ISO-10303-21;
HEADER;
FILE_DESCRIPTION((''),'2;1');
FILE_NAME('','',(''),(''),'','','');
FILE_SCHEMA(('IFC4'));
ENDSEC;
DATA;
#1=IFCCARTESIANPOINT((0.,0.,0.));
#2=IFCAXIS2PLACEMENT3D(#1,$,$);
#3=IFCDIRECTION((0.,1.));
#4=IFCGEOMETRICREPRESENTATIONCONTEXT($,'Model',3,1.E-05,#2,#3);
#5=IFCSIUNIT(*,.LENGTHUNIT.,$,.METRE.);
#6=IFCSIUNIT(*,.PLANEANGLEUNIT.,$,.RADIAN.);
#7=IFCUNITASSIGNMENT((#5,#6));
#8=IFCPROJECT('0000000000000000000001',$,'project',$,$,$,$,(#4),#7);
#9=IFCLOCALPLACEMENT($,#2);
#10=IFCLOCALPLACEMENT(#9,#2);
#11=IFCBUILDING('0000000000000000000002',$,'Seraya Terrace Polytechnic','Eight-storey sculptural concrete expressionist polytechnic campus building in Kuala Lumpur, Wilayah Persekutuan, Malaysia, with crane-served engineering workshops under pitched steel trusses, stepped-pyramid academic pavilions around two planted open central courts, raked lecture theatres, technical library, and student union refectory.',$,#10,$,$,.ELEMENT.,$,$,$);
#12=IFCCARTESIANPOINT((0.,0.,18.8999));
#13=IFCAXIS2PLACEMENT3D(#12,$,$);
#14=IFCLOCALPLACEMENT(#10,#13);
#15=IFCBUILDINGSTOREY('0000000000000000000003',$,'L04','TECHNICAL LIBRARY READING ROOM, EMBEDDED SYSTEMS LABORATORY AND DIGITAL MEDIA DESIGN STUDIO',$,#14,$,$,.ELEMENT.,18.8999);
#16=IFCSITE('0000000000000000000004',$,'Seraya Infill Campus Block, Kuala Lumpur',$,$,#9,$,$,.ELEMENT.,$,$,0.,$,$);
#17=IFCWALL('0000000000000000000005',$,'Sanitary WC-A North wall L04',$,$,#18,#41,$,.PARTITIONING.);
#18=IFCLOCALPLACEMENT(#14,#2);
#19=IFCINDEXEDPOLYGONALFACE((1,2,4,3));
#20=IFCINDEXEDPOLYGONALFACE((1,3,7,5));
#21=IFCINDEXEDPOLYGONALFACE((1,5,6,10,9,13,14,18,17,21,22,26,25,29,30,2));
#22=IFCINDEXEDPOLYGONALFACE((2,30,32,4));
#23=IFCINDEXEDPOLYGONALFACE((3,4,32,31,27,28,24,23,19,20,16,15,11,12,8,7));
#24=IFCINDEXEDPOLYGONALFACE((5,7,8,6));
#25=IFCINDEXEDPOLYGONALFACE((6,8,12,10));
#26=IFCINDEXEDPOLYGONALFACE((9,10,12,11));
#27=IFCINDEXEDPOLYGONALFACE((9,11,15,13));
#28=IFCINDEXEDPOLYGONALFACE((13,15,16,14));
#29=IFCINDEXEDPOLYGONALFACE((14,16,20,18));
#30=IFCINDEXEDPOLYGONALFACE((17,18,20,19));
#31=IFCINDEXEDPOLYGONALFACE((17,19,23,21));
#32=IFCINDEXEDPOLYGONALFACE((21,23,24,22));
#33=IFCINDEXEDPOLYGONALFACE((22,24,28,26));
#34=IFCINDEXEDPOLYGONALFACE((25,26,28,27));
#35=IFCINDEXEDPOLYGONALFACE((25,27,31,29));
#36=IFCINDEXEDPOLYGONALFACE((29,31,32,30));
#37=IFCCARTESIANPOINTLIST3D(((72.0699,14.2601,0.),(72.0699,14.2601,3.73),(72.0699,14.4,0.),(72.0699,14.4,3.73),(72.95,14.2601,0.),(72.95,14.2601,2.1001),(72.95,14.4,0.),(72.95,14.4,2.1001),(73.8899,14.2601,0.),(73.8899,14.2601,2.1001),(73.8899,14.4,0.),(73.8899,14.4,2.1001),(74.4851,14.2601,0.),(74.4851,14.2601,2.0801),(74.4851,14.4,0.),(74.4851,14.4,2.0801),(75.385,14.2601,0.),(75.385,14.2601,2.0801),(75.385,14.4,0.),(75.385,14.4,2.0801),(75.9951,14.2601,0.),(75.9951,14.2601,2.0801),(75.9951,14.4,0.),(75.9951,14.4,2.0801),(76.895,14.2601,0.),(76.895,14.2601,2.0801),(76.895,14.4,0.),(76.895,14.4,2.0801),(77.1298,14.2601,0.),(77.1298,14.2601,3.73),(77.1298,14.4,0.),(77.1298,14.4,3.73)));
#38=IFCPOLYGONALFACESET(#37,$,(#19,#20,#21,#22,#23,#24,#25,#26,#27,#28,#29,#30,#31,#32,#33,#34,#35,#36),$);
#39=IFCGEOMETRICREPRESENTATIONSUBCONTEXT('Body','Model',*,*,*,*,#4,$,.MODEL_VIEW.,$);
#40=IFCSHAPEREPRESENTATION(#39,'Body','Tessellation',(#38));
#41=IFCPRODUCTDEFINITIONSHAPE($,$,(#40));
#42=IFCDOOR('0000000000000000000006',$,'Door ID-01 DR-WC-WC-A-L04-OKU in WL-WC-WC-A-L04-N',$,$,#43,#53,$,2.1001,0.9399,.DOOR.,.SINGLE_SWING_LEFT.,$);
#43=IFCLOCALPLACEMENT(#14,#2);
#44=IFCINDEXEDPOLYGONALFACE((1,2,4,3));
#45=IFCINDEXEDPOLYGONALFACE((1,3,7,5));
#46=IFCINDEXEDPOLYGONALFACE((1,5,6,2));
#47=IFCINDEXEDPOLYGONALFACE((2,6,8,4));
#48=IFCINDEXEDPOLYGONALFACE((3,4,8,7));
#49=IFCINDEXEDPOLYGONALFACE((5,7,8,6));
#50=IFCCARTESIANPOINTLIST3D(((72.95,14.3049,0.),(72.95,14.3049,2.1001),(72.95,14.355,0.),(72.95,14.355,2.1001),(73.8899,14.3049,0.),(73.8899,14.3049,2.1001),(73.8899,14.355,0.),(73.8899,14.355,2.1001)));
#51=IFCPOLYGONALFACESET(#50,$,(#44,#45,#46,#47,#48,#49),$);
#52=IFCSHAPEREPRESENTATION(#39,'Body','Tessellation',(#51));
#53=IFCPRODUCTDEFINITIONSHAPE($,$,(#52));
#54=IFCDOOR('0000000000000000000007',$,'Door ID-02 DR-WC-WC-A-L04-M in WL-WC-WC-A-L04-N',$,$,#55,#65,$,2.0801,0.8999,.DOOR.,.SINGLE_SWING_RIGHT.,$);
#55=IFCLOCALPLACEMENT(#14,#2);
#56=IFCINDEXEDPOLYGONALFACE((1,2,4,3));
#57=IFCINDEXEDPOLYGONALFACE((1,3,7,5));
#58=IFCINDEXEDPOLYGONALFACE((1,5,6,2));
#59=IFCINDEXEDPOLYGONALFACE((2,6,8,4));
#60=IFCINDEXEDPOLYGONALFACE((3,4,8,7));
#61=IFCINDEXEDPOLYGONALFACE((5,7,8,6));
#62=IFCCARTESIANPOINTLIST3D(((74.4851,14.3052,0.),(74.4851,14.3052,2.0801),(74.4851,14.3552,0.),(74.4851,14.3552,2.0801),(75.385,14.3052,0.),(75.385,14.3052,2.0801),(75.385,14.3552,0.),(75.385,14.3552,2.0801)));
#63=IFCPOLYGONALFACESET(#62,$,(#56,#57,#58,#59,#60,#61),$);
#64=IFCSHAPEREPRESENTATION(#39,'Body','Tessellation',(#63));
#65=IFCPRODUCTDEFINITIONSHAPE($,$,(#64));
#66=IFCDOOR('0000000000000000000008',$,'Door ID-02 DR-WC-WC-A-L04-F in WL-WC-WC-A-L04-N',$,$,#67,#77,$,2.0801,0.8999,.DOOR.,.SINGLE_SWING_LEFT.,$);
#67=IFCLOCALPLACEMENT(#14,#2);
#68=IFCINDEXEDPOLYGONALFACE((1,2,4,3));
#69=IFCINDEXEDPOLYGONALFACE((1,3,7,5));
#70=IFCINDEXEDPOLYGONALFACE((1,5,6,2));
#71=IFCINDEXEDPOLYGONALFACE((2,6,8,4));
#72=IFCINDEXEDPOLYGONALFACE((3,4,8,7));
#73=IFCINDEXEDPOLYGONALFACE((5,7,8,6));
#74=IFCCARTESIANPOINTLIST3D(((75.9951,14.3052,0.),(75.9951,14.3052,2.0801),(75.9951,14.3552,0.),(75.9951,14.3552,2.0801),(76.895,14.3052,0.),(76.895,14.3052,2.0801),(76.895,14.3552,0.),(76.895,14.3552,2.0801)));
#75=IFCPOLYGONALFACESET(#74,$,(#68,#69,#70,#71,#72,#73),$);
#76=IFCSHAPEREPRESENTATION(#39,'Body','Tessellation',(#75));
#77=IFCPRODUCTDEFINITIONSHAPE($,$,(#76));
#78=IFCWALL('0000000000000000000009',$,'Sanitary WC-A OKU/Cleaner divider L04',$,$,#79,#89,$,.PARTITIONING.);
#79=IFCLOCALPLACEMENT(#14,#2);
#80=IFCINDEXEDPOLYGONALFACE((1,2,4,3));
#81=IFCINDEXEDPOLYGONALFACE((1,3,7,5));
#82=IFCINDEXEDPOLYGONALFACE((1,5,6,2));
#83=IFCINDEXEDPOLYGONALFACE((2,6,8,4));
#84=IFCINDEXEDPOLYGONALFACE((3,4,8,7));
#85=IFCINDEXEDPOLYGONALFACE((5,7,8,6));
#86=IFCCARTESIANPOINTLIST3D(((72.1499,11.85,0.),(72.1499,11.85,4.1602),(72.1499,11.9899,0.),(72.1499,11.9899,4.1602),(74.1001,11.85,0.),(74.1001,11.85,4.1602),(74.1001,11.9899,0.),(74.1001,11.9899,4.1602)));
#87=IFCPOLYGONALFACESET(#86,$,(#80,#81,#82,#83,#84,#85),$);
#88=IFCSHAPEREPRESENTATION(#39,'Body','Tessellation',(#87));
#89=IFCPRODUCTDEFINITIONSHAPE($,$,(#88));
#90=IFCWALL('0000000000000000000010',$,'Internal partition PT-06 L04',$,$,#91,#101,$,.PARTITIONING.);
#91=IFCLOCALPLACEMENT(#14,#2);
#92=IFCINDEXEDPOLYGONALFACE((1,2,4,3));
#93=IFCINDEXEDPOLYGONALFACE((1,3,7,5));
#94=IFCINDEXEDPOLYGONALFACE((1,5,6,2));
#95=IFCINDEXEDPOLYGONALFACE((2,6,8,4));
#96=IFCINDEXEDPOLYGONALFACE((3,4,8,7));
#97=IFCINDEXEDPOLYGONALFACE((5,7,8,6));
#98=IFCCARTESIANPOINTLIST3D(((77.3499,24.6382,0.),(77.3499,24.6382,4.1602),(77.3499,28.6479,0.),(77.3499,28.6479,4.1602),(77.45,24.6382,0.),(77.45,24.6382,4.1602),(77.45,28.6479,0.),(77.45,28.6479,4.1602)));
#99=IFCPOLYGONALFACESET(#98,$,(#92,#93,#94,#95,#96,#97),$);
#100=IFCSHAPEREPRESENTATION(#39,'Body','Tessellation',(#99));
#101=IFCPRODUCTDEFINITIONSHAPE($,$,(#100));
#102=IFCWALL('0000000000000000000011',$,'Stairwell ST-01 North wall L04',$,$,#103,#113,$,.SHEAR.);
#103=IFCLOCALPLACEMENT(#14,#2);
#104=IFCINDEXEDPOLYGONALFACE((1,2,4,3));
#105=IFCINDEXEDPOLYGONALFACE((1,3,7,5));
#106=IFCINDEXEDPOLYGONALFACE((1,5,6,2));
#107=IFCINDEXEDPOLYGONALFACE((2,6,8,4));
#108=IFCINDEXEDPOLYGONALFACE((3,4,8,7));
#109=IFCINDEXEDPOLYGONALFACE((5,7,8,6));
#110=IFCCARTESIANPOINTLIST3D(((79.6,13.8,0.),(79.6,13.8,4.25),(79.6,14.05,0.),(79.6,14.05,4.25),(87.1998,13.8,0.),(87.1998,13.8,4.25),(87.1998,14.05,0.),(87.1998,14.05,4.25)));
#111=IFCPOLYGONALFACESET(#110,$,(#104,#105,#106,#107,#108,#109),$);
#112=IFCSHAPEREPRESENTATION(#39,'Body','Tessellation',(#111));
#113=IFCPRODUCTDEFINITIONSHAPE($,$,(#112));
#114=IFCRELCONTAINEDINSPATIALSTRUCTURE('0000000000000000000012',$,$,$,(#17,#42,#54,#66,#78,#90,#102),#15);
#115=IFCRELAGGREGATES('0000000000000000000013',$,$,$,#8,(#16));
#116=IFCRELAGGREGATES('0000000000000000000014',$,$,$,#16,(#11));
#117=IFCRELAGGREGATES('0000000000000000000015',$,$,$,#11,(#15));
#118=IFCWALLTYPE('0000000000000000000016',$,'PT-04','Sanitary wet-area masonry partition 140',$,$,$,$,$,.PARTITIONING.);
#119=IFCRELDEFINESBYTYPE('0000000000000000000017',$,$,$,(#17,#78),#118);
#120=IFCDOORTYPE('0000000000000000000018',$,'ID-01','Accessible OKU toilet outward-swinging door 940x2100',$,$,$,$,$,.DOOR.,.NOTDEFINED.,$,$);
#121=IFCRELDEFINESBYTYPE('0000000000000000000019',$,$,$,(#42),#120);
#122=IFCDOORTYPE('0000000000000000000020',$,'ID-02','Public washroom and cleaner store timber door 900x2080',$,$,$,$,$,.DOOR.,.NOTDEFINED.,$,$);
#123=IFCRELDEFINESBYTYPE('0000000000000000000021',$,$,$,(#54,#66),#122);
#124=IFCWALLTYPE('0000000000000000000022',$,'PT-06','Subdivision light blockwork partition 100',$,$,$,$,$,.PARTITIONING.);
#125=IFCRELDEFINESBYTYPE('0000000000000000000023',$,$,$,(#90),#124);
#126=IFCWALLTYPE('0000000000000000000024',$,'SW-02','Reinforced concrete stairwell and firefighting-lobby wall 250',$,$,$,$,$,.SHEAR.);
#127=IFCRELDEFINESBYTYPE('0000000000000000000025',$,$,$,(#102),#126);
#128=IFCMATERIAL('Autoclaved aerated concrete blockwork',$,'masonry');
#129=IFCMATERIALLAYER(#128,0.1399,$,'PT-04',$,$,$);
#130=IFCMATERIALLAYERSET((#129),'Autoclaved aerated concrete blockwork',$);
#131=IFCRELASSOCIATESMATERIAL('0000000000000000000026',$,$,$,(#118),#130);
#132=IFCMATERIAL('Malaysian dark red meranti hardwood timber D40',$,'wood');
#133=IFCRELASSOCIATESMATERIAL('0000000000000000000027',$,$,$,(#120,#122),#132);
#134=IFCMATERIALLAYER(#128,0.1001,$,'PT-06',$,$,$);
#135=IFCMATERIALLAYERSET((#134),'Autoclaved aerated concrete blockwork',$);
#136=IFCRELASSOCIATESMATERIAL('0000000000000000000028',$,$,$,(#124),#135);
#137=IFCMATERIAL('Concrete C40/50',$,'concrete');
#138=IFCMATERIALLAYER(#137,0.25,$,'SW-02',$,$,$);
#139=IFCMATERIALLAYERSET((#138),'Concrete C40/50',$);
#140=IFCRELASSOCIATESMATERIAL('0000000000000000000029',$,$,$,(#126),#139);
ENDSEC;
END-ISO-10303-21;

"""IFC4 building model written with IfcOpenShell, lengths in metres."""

from ifc_helpers import new_model, si_unit, direction, frame, frame_2d, origin, place, context, subcontext, project, spatial, rectangle, extrude, material, layer, layer_set, type_object, element, fill, save


model = new_model("IFC4")

# Units and contexts
model_context = context("Model", 3, precision=1e-05, world=origin(), true_north=direction((0.0, 1.0)))
body_context = subcontext(model_context, "Body", "Model", "MODEL_VIEW")
ifc_project = project(units=[si_unit("LENGTHUNIT", "METRE"), si_unit("PLANEANGLEUNIT", "RADIAN")], contexts=[model_context])

# Site, building, storey
site_placement = place(None, origin())
site = spatial("IfcSite", under=ifc_project, at=site_placement, Name="Seraya Infill Campus Block, Kuala Lumpur", CompositionType="ELEMENT", RefElevation=0.0)
building_placement = place(site_placement, origin())
building = spatial("IfcBuilding", under=site, at=building_placement, Name="Seraya Terrace Polytechnic", Description="Eight-storey sculptural concrete expressionist polytechnic campus building in Kuala Lumpur, Wilayah Persekutuan, Malaysia, with crane-served engineering workshops under pitched steel trusses, stepped-pyramid academic pavilions around two planted open central courts, raked lecture theatres, technical library, and student union refectory.", CompositionType="ELEMENT")
storey_placement = place(building_placement, frame((0.0, 0.0, 18.8999)))
storey = spatial("IfcBuildingStorey", under=building, at=storey_placement, Name="L04", Description="TECHNICAL LIBRARY READING ROOM, EMBEDDED SYSTEMS LABORATORY AND DIGITAL MEDIA DESIGN STUDIO", CompositionType="ELEMENT", Elevation=18.8999)

# Shared definitions
ifc_material_1 = material(Name="Concrete C40/50", Category="concrete")

# Shared definitions
ifc_material_2 = material(Name="Autoclaved aerated concrete blockwork", Category="masonry")

# Shared definitions
ifc_material_3 = material(Name="Malaysian dark red meranti hardwood timber D40", Category="wood")

# Wall, openings, doors
ifc_layer_1 = layer(ifc_material_2, 0.1399, Name="PT-04")
ifc_layer_set_1 = layer_set([ifc_layer_1], Name="Autoclaved aerated concrete blockwork")
wall_type_1 = type_object("IfcWallType", Name="PT-04", Description="Sanitary wet-area masonry partition 140", PredefinedType="PARTITIONING", material=ifc_layer_set_1)
wall_1_placement = place(storey_placement, frame((72.0701, 14.3301, 0.0), z_axis=(0.0, 0.0, 1.0), x_axis=(1.0, 0.0, 0.0)))
wall_1 = element("IfcWall", 1, at=wall_1_placement, inside=storey, type_object=wall_type_1, Name="Sanitary WC-A North wall L04", PredefinedType="PARTITIONING", context=body_context, shape_type="SweptSolid", body=[
    extrude(rectangle(XDim=5.0598, YDim=0.1399, at=frame_2d((2.5298, 0.0))), origin(), (0.0, 0.0, 1.0), 3.73),
])
opening_1_placement = place(wall_1_placement, frame((0.8799, 0.0, 0.0)))
opening_1 = element("IfcOpeningElement", 2, at=opening_1_placement, cuts=wall_1, PredefinedType="OPENING", context=body_context, shape_type="SweptSolid", body=[
    extrude(rectangle(XDim=0.9399, YDim=2.1001, at=frame_2d((0.47, 1.05))), frame((0.0, 0.082, 0.0), z_axis=(0.0, -1.0, 0.0), x_axis=(1.0, 0.0, 0.0)), (0.0, 0.0, 1.0), 0.1638),
])
opening_2_placement = place(wall_1_placement, frame((2.415, 0.0, 0.0)))
opening_2 = element("IfcOpeningElement", 3, at=opening_2_placement, cuts=wall_1, PredefinedType="OPENING", context=body_context, shape_type="SweptSolid", body=[
    extrude(rectangle(XDim=0.8999, YDim=2.0801, at=frame_2d((0.45, 1.04))), frame((0.0, 0.082, 0.0), z_axis=(0.0, -1.0, 0.0), x_axis=(1.0, 0.0, 0.0)), (0.0, 0.0, 1.0), 0.1638),
])
opening_3_placement = place(wall_1_placement, frame((3.925, 0.0, 0.0)))
opening_3 = element("IfcOpeningElement", 4, at=opening_3_placement, cuts=wall_1, PredefinedType="OPENING", context=body_context, shape_type="SweptSolid", body=[
    extrude(rectangle(XDim=0.8999, YDim=2.0801, at=frame_2d((0.45, 1.04))), frame((0.0, 0.082, 0.0), z_axis=(0.0, -1.0, 0.0), x_axis=(1.0, 0.0, 0.0)), (0.0, 0.0, 1.0), 0.1638),
])
door_type_1 = type_object("IfcDoorType", Name="ID-01", Description="Accessible OKU toilet outward-swinging door 940x2100", OperationType="NOTDEFINED", PredefinedType="DOOR", material=ifc_material_3)
door_1_placement = place(opening_1_placement, origin())
door_1 = element("IfcDoor", 5, at=door_1_placement, inside=storey, type_object=door_type_1, Name="Door ID-01 DR-WC-WC-A-L04-OKU in WL-WC-WC-A-L04-N", OperationType="SINGLE_SWING_LEFT", OverallHeight=2.1001, OverallWidth=0.9399, PredefinedType="DOOR", context=body_context, shape_type="SweptSolid", body=[
    extrude(rectangle(XDim=0.9399, YDim=2.1001, at=frame_2d((0.47, 1.05))), frame((0.0, 0.0249, 0.0), z_axis=(0.0, -1.0, 0.0), x_axis=(1.0, 0.0, 0.0)), (0.0, 0.0, 1.0), 0.05),
])
fill(opening_1, door_1)
door_type_2 = type_object("IfcDoorType", Name="ID-02", Description="Public washroom and cleaner store timber door 900x2080", OperationType="NOTDEFINED", PredefinedType="DOOR", material=ifc_material_3)
door_2_placement = place(opening_2_placement, frame((0.8999, 0.0, 0.0), z_axis=(0.0, 0.0, 1.0), x_axis=(-1.0, 0.0, 0.0)))
door_2 = element("IfcDoor", 6, at=door_2_placement, inside=storey, type_object=door_type_2, Name="Door ID-02 DR-WC-WC-A-L04-M in WL-WC-WC-A-L04-N", OperationType="SINGLE_SWING_RIGHT", OverallHeight=2.0801, OverallWidth=0.8999, PredefinedType="DOOR", context=body_context, shape_type="SweptSolid", body=[
    extrude(rectangle(XDim=0.8999, YDim=2.0801, at=frame_2d((0.45, 1.04))), frame((0.0, 0.0249, 0.0), z_axis=(0.0, -1.0, 0.0), x_axis=(1.0, 0.0, 0.0)), (0.0, 0.0, 1.0), 0.05),
])
fill(opening_2, door_2)
door_3_placement = place(opening_3_placement, frame((0.8999, 0.0, 0.0), z_axis=(0.0, 0.0, 1.0), x_axis=(-1.0, 0.0, 0.0)))
door_3 = element("IfcDoor", 7, at=door_3_placement, inside=storey, type_object=door_type_2, Name="Door ID-02 DR-WC-WC-A-L04-F in WL-WC-WC-A-L04-N", OperationType="SINGLE_SWING_LEFT", OverallHeight=2.0801, OverallWidth=0.8999, PredefinedType="DOOR", context=body_context, shape_type="SweptSolid", body=[
    extrude(rectangle(XDim=0.8999, YDim=2.0801, at=frame_2d((0.45, 1.04))), frame((0.0, 0.0249, 0.0), z_axis=(0.0, -1.0, 0.0), x_axis=(1.0, 0.0, 0.0)), (0.0, 0.0, 1.0), 0.05),
])
fill(opening_3, door_3)

# Walls
wall_2_placement = place(storey_placement, frame((72.1499, 11.9199, 0.0), z_axis=(0.0, 0.0, 1.0), x_axis=(1.0, 0.0, 0.0)))
element("IfcWall", 8, at=wall_2_placement, inside=storey, type_object=wall_type_1, Name="Sanitary WC-A OKU/Cleaner divider L04", PredefinedType="PARTITIONING", context=body_context, shape_type="SweptSolid", body=[
    extrude(rectangle(XDim=1.9502, YDim=0.1399, at=frame_2d((0.9751, 0.0))), origin(), (0.0, 0.0, 1.0), 4.1602),
])
ifc_layer_2 = layer(ifc_material_2, 0.1001, Name="PT-06")
ifc_layer_set_2 = layer_set([ifc_layer_2], Name="Autoclaved aerated concrete blockwork")
wall_type_2 = type_object("IfcWallType", Name="PT-06", Description="Subdivision light blockwork partition 100", PredefinedType="PARTITIONING", material=ifc_layer_set_2)
wall_3_placement = place(storey_placement, frame((77.3999, 24.6382, 0.0), z_axis=(0.0, 0.0, 1.0), x_axis=(0.0, 1.0, 0.0)))
element("IfcWall", 9, at=wall_3_placement, inside=storey, type_object=wall_type_2, Name="Internal partition PT-06 L04", PredefinedType="PARTITIONING", context=body_context, shape_type="SweptSolid", body=[
    extrude(rectangle(XDim=4.0098, YDim=0.1001, at=frame_2d((2.0049, 0.0))), origin(), (0.0, 0.0, 1.0), 4.1602),
])
ifc_layer_3 = layer(ifc_material_1, 0.25, Name="SW-02")
ifc_layer_set_3 = layer_set([ifc_layer_3], Name="Concrete C40/50")
wall_type_3 = type_object("IfcWallType", Name="SW-02", Description="Reinforced concrete stairwell and firefighting-lobby wall 250", PredefinedType="SHEAR", material=ifc_layer_set_3)
wall_4_placement = place(storey_placement, frame((79.6001, 13.925, 0.0), z_axis=(0.0, 0.0, 1.0), x_axis=(1.0, 0.0, 0.0)))
element("IfcWall", 10, at=wall_4_placement, inside=storey, type_object=wall_type_3, Name="Stairwell ST-01 North wall L04", PredefinedType="SHEAR", context=body_context, shape_type="SweptSolid", body=[
    extrude(rectangle(XDim=7.5999, YDim=0.25, at=frame_2d((3.7998, 0.0))), origin(), (0.0, 0.0, 1.0), 4.25),
])

save(model, "model.ifc")
